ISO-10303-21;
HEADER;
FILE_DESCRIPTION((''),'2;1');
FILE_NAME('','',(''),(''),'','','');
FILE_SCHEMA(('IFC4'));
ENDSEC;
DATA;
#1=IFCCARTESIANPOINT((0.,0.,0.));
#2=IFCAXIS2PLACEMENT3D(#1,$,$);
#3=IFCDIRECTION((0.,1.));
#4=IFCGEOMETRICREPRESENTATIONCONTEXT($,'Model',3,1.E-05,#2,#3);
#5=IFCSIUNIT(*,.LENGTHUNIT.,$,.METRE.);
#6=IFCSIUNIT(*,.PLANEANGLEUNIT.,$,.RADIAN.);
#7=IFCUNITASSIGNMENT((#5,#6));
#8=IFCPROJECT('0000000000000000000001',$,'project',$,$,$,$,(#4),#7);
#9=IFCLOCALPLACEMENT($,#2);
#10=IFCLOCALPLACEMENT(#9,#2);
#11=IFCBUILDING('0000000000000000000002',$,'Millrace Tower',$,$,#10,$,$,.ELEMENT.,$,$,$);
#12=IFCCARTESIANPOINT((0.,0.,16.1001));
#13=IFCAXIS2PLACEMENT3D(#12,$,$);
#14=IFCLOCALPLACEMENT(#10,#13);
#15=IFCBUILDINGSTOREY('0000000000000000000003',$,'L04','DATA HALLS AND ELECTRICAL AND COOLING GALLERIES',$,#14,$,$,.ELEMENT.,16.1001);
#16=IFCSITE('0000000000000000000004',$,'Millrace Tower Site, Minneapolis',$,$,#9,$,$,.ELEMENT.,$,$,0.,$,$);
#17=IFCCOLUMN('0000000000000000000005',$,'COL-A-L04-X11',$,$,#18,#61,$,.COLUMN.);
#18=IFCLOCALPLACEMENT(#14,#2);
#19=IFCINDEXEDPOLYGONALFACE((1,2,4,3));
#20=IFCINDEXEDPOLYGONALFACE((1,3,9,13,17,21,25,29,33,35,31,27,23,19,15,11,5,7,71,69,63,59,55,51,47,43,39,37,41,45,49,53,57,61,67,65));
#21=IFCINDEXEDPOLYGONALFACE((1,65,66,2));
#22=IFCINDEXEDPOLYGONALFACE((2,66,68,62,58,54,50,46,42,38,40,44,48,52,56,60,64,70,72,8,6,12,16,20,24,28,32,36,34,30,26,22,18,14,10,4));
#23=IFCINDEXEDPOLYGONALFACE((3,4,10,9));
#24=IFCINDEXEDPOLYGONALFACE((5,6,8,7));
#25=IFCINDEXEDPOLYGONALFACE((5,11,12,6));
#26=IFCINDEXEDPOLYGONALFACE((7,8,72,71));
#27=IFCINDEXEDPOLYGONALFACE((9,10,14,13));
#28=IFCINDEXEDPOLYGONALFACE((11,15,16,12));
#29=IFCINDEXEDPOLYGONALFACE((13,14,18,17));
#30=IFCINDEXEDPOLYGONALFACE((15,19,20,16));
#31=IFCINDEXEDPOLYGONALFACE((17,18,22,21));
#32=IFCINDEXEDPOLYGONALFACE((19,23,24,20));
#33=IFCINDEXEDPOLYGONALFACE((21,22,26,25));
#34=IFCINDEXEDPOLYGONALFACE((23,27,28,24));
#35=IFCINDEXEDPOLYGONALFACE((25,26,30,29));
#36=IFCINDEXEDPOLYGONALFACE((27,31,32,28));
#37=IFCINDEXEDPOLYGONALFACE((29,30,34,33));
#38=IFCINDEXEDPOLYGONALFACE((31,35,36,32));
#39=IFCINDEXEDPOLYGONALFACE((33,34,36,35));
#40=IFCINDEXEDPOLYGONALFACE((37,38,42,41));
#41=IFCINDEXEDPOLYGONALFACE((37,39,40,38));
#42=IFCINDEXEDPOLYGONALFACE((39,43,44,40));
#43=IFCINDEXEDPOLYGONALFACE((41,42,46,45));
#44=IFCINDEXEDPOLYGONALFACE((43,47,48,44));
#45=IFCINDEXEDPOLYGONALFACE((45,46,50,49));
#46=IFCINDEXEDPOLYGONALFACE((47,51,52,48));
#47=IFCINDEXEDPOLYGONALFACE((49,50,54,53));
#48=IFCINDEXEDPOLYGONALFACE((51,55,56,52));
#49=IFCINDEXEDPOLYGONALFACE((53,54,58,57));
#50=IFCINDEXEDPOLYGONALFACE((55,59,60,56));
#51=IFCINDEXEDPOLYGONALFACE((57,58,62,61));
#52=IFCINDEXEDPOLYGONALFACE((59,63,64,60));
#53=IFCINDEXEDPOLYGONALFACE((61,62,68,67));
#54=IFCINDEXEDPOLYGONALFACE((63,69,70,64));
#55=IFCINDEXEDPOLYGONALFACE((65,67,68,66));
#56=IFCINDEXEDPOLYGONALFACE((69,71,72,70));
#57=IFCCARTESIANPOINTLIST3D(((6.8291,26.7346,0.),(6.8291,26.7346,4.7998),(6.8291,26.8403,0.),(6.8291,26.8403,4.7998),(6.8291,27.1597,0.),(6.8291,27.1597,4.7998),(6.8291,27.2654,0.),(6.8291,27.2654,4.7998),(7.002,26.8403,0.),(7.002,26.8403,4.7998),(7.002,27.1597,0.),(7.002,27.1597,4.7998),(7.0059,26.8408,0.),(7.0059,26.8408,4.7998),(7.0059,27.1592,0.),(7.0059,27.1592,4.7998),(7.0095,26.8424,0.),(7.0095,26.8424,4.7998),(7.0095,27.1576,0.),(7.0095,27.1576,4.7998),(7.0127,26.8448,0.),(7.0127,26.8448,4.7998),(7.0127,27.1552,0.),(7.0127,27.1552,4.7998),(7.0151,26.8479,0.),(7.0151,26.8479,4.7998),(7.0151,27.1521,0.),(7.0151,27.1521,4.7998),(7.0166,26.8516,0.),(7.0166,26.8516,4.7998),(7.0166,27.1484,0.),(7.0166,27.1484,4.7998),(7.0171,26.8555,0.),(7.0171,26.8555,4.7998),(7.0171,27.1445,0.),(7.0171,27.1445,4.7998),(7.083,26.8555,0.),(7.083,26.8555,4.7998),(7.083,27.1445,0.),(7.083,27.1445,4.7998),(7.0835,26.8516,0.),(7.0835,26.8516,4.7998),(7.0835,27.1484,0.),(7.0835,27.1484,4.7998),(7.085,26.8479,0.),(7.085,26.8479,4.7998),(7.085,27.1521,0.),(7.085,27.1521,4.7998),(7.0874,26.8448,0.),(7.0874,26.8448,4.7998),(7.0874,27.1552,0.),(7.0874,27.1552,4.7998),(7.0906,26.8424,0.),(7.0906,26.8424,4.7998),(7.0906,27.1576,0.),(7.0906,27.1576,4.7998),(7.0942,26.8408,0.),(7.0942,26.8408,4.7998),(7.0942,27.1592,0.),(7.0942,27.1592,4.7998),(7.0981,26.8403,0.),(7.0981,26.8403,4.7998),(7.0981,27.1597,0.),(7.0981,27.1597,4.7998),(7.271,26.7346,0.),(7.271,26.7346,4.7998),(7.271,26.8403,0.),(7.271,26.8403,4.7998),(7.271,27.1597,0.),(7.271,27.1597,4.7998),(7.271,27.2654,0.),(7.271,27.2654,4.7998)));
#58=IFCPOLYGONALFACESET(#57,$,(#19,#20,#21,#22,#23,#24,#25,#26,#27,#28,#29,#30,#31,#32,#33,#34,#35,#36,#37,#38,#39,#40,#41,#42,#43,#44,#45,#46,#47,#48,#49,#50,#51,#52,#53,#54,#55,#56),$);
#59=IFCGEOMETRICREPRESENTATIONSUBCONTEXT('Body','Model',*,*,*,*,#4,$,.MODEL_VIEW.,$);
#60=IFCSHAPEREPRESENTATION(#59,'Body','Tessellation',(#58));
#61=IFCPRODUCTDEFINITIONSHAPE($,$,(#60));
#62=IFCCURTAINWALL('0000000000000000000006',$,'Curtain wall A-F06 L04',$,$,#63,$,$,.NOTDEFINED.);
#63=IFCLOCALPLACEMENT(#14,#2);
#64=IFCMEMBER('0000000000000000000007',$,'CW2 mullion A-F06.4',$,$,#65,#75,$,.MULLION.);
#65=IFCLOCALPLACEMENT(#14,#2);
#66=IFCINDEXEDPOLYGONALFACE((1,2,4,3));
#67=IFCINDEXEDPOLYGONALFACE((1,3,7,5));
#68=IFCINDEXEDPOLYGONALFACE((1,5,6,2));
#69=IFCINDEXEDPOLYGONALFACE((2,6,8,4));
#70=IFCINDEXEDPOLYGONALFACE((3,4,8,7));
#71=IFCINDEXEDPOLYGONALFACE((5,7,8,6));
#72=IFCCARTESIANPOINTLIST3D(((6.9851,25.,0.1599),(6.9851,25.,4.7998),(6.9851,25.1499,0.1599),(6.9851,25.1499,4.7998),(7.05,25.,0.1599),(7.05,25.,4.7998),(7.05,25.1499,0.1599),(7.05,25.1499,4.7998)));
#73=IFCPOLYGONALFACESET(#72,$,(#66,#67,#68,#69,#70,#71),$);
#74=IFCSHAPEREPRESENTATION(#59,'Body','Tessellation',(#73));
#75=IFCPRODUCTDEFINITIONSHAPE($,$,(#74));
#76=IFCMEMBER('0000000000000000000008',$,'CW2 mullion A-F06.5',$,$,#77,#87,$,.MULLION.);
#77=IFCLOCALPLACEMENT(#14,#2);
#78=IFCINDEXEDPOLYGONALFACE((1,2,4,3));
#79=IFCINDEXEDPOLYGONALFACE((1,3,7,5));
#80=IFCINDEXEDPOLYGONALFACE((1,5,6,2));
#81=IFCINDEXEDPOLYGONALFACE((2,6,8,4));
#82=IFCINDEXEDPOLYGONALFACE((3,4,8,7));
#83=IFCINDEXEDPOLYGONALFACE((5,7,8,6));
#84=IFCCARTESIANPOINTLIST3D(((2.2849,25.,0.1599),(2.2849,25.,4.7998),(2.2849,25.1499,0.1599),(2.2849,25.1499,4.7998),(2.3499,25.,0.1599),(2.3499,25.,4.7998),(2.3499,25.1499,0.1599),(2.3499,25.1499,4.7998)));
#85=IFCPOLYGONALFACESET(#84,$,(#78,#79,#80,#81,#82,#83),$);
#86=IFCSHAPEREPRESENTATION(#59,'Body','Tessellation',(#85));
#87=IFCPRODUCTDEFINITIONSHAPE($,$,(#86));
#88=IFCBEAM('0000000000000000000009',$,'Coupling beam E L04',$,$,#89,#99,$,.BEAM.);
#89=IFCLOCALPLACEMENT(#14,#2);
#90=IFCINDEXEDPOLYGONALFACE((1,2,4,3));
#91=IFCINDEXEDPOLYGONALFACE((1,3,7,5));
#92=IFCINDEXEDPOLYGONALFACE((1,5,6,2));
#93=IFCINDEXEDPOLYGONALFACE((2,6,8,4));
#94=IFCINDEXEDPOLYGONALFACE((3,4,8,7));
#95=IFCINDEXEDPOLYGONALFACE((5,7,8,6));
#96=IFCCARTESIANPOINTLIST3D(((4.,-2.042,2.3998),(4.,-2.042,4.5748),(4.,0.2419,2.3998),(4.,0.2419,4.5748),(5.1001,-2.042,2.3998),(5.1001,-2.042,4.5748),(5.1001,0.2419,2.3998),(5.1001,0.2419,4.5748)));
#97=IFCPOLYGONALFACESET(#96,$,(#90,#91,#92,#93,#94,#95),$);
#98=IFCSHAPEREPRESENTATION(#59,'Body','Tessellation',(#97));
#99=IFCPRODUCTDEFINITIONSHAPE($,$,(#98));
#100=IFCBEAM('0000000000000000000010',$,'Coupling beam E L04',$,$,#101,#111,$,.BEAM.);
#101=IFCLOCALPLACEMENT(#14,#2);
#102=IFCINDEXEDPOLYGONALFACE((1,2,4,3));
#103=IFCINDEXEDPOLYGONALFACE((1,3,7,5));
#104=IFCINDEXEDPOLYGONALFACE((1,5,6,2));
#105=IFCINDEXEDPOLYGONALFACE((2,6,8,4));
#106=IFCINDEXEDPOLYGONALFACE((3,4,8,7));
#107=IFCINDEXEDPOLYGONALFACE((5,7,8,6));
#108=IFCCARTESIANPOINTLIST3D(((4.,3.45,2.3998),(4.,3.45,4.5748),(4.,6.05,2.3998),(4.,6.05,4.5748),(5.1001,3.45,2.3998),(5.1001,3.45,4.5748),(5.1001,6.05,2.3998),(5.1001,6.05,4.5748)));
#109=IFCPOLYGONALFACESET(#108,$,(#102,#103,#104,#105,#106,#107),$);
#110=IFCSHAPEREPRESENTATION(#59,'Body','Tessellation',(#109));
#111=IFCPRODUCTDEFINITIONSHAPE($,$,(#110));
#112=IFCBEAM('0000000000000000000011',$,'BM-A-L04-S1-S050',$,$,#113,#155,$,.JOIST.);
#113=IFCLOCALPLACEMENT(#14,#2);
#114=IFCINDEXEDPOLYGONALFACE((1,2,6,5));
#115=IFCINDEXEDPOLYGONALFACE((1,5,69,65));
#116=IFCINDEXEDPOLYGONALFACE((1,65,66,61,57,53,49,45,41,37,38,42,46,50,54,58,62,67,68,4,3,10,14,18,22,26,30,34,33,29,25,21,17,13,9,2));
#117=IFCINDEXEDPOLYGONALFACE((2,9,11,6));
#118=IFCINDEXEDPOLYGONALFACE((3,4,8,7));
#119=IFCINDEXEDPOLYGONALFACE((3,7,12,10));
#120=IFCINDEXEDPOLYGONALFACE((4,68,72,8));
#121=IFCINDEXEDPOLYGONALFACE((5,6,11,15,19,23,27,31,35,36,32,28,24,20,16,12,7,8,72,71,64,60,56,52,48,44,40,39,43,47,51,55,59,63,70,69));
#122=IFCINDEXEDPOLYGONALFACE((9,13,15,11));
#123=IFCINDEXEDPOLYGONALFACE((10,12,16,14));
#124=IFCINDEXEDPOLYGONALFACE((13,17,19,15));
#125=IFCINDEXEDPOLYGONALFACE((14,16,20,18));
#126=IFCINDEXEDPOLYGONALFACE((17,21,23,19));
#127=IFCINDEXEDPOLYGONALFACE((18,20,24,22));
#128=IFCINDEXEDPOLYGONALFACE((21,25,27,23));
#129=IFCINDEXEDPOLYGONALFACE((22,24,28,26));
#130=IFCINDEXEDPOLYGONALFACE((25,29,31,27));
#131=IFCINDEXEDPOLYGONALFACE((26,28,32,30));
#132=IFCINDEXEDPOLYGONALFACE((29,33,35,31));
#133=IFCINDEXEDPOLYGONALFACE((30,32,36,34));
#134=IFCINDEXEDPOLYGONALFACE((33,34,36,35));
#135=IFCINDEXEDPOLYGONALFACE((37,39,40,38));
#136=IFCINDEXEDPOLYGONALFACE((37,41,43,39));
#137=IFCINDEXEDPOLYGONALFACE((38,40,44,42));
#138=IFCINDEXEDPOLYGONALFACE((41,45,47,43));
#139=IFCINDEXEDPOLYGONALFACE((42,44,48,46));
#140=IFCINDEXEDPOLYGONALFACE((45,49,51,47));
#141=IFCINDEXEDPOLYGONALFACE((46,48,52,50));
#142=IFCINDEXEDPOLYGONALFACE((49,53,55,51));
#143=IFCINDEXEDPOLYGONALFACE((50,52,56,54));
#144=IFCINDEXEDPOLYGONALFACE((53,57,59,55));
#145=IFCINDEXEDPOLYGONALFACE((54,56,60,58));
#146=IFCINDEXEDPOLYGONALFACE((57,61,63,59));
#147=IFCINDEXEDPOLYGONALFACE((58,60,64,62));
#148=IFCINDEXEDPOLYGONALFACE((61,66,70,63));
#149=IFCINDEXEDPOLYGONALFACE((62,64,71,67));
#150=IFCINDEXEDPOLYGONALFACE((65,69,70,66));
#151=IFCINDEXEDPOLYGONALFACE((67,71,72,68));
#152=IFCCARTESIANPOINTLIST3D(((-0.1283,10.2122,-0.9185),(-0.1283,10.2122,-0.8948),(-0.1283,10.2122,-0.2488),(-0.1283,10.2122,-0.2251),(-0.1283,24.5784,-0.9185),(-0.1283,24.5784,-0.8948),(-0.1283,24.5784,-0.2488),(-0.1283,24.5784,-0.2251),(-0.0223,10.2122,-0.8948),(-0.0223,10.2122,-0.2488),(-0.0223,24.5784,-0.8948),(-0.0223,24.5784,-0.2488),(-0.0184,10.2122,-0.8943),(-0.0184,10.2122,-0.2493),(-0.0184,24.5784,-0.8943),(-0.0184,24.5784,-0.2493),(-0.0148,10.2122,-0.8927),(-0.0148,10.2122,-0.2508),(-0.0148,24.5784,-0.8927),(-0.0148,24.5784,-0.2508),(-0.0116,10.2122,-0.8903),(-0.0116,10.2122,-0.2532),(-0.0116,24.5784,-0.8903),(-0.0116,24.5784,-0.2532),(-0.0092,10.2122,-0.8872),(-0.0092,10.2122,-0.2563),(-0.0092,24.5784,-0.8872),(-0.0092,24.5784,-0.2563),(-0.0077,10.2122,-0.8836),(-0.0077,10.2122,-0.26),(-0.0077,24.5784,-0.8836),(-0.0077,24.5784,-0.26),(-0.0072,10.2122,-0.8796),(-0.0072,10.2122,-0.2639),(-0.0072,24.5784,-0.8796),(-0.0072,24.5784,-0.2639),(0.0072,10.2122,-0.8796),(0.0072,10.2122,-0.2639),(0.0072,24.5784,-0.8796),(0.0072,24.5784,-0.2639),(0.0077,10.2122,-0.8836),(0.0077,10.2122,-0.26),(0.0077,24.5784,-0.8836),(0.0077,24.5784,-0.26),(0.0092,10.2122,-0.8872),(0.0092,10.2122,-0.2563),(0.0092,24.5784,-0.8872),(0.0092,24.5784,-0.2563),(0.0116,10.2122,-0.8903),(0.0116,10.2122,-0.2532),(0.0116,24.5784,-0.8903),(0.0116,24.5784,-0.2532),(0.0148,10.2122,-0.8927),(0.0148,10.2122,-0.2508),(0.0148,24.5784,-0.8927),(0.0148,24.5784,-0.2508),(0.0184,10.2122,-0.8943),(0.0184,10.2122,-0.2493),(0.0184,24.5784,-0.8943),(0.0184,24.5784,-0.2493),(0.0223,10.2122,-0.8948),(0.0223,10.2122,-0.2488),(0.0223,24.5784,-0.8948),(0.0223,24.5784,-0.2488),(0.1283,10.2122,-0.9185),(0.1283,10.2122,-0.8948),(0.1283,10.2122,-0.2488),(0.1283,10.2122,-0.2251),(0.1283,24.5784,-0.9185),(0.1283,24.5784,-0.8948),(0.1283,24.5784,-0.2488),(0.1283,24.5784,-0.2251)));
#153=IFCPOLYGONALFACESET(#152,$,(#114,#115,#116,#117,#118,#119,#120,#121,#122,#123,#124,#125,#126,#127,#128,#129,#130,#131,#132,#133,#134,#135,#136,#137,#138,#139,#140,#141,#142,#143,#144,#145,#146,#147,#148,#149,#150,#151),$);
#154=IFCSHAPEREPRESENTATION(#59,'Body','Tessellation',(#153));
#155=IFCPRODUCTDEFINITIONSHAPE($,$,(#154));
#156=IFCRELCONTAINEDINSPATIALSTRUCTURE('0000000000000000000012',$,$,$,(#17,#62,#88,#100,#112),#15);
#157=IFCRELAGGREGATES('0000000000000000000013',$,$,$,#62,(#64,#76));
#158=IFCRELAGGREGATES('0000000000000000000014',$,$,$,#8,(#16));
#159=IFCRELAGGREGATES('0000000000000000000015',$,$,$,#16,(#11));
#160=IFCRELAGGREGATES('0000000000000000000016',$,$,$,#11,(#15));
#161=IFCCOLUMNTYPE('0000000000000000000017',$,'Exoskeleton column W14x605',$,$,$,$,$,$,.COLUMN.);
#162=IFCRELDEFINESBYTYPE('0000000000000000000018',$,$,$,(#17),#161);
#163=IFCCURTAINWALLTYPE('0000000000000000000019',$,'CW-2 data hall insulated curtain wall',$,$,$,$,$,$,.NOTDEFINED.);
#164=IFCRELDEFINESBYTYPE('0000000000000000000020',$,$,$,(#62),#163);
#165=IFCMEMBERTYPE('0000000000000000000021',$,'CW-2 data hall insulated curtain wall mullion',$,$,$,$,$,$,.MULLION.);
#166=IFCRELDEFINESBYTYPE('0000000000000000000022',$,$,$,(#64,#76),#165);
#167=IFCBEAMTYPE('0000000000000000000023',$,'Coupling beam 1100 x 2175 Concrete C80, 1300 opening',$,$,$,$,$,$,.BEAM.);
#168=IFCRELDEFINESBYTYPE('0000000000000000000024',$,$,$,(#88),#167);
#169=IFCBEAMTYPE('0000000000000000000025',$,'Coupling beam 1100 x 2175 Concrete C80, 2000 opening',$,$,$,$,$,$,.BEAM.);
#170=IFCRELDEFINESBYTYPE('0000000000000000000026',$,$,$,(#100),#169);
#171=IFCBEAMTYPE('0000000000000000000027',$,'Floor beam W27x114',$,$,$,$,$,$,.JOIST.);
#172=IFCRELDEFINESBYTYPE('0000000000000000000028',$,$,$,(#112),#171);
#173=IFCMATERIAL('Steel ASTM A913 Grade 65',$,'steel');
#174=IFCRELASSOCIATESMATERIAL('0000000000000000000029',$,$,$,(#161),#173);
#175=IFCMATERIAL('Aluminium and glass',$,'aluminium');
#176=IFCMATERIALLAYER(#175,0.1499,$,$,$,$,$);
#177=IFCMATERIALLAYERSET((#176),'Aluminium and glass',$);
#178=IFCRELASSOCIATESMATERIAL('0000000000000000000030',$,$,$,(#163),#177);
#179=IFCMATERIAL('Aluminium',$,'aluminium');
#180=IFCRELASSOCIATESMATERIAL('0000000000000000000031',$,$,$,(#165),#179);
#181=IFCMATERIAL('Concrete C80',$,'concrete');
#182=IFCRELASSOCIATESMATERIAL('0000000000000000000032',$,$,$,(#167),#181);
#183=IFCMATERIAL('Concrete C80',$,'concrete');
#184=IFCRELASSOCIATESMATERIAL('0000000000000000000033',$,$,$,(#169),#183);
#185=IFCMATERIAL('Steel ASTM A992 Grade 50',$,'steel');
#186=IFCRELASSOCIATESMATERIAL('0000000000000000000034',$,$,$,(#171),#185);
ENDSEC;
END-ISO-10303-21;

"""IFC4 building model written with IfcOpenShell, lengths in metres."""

from ifc_helpers import new_model, si_unit, direction, frame, origin, origin_2d, place, context, subcontext, project, spatial, rectangle, i_section, extrude, material, layer, layer_set, material_profile, profile_set, type_object, element, aggregate, save


model = new_model("IFC4")

# Units and contexts
model_context = context("Model", 3, precision=1e-05, world=origin(), true_north=direction((0.0, 1.0)))
body_context = subcontext(model_context, "Body", "Model", "MODEL_VIEW")
ifc_project = project(units=[si_unit("LENGTHUNIT", "METRE"), si_unit("PLANEANGLEUNIT", "RADIAN")], contexts=[model_context])

# Site, building, storey
site_placement = place(None, origin())
site = spatial("IfcSite", under=ifc_project, at=site_placement, Name="Millrace Tower Site, Minneapolis", CompositionType="ELEMENT", RefElevation=0.0)
building_placement = place(site_placement, origin())
building = spatial("IfcBuilding", under=site, at=building_placement, Name="Millrace Tower", CompositionType="ELEMENT")
storey_placement = place(building_placement, frame((0.0, 0.0, 16.1001)))
storey = spatial("IfcBuildingStorey", under=building, at=storey_placement, Name="L04", Description="DATA HALLS AND ELECTRICAL AND COOLING GALLERIES", CompositionType="ELEMENT", Elevation=16.1001)

# Column
ifc_material_1 = material(Name="Steel ASTM A913 Grade 65", Category="steel")
ifc_material_profile_1 = material_profile(ifc_material_1, i_section(OverallWidth=0.4419, OverallDepth=0.5308, WebThickness=0.0659, FlangeThickness=0.1057, FilletRadius=0.0151, at=origin_2d()))
ifc_profile_set_1 = profile_set([ifc_material_profile_1], Name="Steel ASTM A913 Grade 65")
column_type = type_object("IfcColumnType", Name="Exoskeleton column W14x605", PredefinedType="COLUMN", material=ifc_profile_set_1)
column_placement = place(storey_placement, frame((7.05, 27.0, 0.0), z_axis=(0.0, 0.0, 1.0), x_axis=(-1.0, 0.0, 0.0)))
element("IfcColumn", 1, at=column_placement, inside=storey, type_object=column_type, Name="COL-A-L04-X11", PredefinedType="COLUMN", context=body_context, shape_type="SweptSolid", body=[
    extrude(i_section(OverallWidth=0.4419, OverallDepth=0.5308, WebThickness=0.0659, FlangeThickness=0.1057, FilletRadius=0.0151, at=origin_2d()), origin(), (0.0, 0.0, 1.0), 4.7998),
])

# Curtain wall, members
ifc_material_2 = material(Name="Aluminium and glass", Category="aluminium")
ifc_layer_1 = layer(ifc_material_2, 0.1499)
ifc_layer_set_1 = layer_set([ifc_layer_1], Name="Aluminium and glass")
curtain_wall_type = type_object("IfcCurtainWallType", Name="CW-2 data hall insulated curtain wall", PredefinedType="NOTDEFINED", material=ifc_layer_set_1)
placement_1 = place(storey_placement, origin())
curtain_wall = element("IfcCurtainWall", 2, at=placement_1, inside=storey, type_object=curtain_wall_type, Name="Curtain wall A-F06 L04", PredefinedType="NOTDEFINED")
ifc_material_3 = material(Name="Aluminium", Category="aluminium")
ifc_material_profile_2 = material_profile(ifc_material_3, rectangle(XDim=0.0649, YDim=0.1499, at=origin_2d()))
ifc_profile_set_2 = profile_set([ifc_material_profile_2], Name="Aluminium")
member_type = type_object("IfcMemberType", Name="CW-2 data hall insulated curtain wall mullion", PredefinedType="MULLION", material=ifc_profile_set_2)
member_1_placement = place(storey_placement, frame((7.0176, 25.075, 0.1599), z_axis=(0.0, 0.0, 1.0), x_axis=(-1.0, 0.0, 0.0)))
member_1 = element("IfcMember", 3, at=member_1_placement, type_object=member_type, Name="CW2 mullion A-F06.4", PredefinedType="MULLION", context=body_context, shape_type="SweptSolid", body=[
    extrude(rectangle(XDim=0.0649, YDim=0.1499, at=origin_2d()), origin(), (0.0, 0.0, 1.0), 4.6399),
])
member_2_placement = place(storey_placement, frame((2.3174, 25.075, 0.1599), z_axis=(0.0, 0.0, 1.0), x_axis=(-1.0, 0.0, 0.0)))
member_2 = element("IfcMember", 4, at=member_2_placement, type_object=member_type, Name="CW2 mullion A-F06.5", PredefinedType="MULLION", context=body_context, shape_type="SweptSolid", body=[
    extrude(rectangle(XDim=0.0649, YDim=0.1499, at=origin_2d()), origin(), (0.0, 0.0, 1.0), 4.6399),
])
aggregate(curtain_wall, [member_1, member_2])

# Beams
ifc_material_4 = material(Name="Concrete C80", Category="concrete")
ifc_material_profile_3 = material_profile(ifc_material_4, rectangle(XDim=1.1001, YDim=2.175, at=origin_2d()))
ifc_profile_set_3 = profile_set([ifc_material_profile_3], Name="Concrete C80")
beam_type_1 = type_object("IfcBeamType", Name="Coupling beam 1100 x 2175 Concrete C80, 1300 opening", PredefinedType="BEAM", material=ifc_profile_set_3)
beam_1_placement = place(storey_placement, frame((4.55, 0.2419, 3.4873), z_axis=(0.0, -1.0, 0.0), x_axis=(1.0, 0.0, 0.0)))
element("IfcBeam", 5, at=beam_1_placement, inside=storey, type_object=beam_type_1, Name="Coupling beam E L04", PredefinedType="BEAM", context=body_context, shape_type="SweptSolid", body=[
    extrude(rectangle(XDim=1.1001, YDim=2.175, at=origin_2d()), origin(), (0.0, 0.0, 1.0), 2.2839),
])
ifc_material_5 = material(Name="Concrete C80", Category="concrete")
ifc_material_profile_4 = material_profile(ifc_material_5, rectangle(XDim=1.1001, YDim=2.175, at=origin_2d()))
ifc_profile_set_4 = profile_set([ifc_material_profile_4], Name="Concrete C80")
beam_type_2 = type_object("IfcBeamType", Name="Coupling beam 1100 x 2175 Concrete C80, 2000 opening", PredefinedType="BEAM", material=ifc_profile_set_4)
beam_2_placement = place(storey_placement, frame((4.55, 6.05, 3.4873), z_axis=(0.0, -1.0, 0.0), x_axis=(1.0, 0.0, 0.0)))
element("IfcBeam", 6, at=beam_2_placement, inside=storey, type_object=beam_type_2, Name="Coupling beam E L04", PredefinedType="BEAM", context=body_context, shape_type="SweptSolid", body=[
    extrude(rectangle(XDim=1.1001, YDim=2.175, at=origin_2d()), origin(), (0.0, 0.0, 1.0), 2.6001),
])
ifc_material_6 = material(Name="Steel ASTM A992 Grade 50", Category="steel")
ifc_material_profile_5 = material_profile(ifc_material_6, i_section(OverallWidth=0.2566, OverallDepth=0.6934, WebThickness=0.0144, FlangeThickness=0.0237, FilletRadius=0.0151, at=origin_2d()))
ifc_profile_set_5 = profile_set([ifc_material_profile_5], Name="Steel ASTM A992 Grade 50")
beam_type_3 = type_object("IfcBeamType", Name="Floor beam W27x114", PredefinedType="JOIST", material=ifc_profile_set_5)
for number, where, z_axis, x_axis, name in (
    (7, (0.0, 10.2122, -0.5718), (0.0, 1.0, 0.0), (-1.0, 0.0, 0.0), "BM-A-L04-S1-S050"),
):
    element("IfcBeam", number, at=place(storey_placement, frame(where, z_axis=z_axis, x_axis=x_axis)), inside=storey, type_object=beam_type_3, Name=name, PredefinedType="JOIST", context=body_context, shape_type="SweptSolid", body=[
        extrude(i_section(OverallWidth=0.2566, OverallDepth=0.6934, WebThickness=0.0144, FlangeThickness=0.0237, FilletRadius=0.0151, at=origin_2d()), origin(), (0.0, 0.0, 1.0), 14.3662),
    ])

save(model, "model.ifc")
